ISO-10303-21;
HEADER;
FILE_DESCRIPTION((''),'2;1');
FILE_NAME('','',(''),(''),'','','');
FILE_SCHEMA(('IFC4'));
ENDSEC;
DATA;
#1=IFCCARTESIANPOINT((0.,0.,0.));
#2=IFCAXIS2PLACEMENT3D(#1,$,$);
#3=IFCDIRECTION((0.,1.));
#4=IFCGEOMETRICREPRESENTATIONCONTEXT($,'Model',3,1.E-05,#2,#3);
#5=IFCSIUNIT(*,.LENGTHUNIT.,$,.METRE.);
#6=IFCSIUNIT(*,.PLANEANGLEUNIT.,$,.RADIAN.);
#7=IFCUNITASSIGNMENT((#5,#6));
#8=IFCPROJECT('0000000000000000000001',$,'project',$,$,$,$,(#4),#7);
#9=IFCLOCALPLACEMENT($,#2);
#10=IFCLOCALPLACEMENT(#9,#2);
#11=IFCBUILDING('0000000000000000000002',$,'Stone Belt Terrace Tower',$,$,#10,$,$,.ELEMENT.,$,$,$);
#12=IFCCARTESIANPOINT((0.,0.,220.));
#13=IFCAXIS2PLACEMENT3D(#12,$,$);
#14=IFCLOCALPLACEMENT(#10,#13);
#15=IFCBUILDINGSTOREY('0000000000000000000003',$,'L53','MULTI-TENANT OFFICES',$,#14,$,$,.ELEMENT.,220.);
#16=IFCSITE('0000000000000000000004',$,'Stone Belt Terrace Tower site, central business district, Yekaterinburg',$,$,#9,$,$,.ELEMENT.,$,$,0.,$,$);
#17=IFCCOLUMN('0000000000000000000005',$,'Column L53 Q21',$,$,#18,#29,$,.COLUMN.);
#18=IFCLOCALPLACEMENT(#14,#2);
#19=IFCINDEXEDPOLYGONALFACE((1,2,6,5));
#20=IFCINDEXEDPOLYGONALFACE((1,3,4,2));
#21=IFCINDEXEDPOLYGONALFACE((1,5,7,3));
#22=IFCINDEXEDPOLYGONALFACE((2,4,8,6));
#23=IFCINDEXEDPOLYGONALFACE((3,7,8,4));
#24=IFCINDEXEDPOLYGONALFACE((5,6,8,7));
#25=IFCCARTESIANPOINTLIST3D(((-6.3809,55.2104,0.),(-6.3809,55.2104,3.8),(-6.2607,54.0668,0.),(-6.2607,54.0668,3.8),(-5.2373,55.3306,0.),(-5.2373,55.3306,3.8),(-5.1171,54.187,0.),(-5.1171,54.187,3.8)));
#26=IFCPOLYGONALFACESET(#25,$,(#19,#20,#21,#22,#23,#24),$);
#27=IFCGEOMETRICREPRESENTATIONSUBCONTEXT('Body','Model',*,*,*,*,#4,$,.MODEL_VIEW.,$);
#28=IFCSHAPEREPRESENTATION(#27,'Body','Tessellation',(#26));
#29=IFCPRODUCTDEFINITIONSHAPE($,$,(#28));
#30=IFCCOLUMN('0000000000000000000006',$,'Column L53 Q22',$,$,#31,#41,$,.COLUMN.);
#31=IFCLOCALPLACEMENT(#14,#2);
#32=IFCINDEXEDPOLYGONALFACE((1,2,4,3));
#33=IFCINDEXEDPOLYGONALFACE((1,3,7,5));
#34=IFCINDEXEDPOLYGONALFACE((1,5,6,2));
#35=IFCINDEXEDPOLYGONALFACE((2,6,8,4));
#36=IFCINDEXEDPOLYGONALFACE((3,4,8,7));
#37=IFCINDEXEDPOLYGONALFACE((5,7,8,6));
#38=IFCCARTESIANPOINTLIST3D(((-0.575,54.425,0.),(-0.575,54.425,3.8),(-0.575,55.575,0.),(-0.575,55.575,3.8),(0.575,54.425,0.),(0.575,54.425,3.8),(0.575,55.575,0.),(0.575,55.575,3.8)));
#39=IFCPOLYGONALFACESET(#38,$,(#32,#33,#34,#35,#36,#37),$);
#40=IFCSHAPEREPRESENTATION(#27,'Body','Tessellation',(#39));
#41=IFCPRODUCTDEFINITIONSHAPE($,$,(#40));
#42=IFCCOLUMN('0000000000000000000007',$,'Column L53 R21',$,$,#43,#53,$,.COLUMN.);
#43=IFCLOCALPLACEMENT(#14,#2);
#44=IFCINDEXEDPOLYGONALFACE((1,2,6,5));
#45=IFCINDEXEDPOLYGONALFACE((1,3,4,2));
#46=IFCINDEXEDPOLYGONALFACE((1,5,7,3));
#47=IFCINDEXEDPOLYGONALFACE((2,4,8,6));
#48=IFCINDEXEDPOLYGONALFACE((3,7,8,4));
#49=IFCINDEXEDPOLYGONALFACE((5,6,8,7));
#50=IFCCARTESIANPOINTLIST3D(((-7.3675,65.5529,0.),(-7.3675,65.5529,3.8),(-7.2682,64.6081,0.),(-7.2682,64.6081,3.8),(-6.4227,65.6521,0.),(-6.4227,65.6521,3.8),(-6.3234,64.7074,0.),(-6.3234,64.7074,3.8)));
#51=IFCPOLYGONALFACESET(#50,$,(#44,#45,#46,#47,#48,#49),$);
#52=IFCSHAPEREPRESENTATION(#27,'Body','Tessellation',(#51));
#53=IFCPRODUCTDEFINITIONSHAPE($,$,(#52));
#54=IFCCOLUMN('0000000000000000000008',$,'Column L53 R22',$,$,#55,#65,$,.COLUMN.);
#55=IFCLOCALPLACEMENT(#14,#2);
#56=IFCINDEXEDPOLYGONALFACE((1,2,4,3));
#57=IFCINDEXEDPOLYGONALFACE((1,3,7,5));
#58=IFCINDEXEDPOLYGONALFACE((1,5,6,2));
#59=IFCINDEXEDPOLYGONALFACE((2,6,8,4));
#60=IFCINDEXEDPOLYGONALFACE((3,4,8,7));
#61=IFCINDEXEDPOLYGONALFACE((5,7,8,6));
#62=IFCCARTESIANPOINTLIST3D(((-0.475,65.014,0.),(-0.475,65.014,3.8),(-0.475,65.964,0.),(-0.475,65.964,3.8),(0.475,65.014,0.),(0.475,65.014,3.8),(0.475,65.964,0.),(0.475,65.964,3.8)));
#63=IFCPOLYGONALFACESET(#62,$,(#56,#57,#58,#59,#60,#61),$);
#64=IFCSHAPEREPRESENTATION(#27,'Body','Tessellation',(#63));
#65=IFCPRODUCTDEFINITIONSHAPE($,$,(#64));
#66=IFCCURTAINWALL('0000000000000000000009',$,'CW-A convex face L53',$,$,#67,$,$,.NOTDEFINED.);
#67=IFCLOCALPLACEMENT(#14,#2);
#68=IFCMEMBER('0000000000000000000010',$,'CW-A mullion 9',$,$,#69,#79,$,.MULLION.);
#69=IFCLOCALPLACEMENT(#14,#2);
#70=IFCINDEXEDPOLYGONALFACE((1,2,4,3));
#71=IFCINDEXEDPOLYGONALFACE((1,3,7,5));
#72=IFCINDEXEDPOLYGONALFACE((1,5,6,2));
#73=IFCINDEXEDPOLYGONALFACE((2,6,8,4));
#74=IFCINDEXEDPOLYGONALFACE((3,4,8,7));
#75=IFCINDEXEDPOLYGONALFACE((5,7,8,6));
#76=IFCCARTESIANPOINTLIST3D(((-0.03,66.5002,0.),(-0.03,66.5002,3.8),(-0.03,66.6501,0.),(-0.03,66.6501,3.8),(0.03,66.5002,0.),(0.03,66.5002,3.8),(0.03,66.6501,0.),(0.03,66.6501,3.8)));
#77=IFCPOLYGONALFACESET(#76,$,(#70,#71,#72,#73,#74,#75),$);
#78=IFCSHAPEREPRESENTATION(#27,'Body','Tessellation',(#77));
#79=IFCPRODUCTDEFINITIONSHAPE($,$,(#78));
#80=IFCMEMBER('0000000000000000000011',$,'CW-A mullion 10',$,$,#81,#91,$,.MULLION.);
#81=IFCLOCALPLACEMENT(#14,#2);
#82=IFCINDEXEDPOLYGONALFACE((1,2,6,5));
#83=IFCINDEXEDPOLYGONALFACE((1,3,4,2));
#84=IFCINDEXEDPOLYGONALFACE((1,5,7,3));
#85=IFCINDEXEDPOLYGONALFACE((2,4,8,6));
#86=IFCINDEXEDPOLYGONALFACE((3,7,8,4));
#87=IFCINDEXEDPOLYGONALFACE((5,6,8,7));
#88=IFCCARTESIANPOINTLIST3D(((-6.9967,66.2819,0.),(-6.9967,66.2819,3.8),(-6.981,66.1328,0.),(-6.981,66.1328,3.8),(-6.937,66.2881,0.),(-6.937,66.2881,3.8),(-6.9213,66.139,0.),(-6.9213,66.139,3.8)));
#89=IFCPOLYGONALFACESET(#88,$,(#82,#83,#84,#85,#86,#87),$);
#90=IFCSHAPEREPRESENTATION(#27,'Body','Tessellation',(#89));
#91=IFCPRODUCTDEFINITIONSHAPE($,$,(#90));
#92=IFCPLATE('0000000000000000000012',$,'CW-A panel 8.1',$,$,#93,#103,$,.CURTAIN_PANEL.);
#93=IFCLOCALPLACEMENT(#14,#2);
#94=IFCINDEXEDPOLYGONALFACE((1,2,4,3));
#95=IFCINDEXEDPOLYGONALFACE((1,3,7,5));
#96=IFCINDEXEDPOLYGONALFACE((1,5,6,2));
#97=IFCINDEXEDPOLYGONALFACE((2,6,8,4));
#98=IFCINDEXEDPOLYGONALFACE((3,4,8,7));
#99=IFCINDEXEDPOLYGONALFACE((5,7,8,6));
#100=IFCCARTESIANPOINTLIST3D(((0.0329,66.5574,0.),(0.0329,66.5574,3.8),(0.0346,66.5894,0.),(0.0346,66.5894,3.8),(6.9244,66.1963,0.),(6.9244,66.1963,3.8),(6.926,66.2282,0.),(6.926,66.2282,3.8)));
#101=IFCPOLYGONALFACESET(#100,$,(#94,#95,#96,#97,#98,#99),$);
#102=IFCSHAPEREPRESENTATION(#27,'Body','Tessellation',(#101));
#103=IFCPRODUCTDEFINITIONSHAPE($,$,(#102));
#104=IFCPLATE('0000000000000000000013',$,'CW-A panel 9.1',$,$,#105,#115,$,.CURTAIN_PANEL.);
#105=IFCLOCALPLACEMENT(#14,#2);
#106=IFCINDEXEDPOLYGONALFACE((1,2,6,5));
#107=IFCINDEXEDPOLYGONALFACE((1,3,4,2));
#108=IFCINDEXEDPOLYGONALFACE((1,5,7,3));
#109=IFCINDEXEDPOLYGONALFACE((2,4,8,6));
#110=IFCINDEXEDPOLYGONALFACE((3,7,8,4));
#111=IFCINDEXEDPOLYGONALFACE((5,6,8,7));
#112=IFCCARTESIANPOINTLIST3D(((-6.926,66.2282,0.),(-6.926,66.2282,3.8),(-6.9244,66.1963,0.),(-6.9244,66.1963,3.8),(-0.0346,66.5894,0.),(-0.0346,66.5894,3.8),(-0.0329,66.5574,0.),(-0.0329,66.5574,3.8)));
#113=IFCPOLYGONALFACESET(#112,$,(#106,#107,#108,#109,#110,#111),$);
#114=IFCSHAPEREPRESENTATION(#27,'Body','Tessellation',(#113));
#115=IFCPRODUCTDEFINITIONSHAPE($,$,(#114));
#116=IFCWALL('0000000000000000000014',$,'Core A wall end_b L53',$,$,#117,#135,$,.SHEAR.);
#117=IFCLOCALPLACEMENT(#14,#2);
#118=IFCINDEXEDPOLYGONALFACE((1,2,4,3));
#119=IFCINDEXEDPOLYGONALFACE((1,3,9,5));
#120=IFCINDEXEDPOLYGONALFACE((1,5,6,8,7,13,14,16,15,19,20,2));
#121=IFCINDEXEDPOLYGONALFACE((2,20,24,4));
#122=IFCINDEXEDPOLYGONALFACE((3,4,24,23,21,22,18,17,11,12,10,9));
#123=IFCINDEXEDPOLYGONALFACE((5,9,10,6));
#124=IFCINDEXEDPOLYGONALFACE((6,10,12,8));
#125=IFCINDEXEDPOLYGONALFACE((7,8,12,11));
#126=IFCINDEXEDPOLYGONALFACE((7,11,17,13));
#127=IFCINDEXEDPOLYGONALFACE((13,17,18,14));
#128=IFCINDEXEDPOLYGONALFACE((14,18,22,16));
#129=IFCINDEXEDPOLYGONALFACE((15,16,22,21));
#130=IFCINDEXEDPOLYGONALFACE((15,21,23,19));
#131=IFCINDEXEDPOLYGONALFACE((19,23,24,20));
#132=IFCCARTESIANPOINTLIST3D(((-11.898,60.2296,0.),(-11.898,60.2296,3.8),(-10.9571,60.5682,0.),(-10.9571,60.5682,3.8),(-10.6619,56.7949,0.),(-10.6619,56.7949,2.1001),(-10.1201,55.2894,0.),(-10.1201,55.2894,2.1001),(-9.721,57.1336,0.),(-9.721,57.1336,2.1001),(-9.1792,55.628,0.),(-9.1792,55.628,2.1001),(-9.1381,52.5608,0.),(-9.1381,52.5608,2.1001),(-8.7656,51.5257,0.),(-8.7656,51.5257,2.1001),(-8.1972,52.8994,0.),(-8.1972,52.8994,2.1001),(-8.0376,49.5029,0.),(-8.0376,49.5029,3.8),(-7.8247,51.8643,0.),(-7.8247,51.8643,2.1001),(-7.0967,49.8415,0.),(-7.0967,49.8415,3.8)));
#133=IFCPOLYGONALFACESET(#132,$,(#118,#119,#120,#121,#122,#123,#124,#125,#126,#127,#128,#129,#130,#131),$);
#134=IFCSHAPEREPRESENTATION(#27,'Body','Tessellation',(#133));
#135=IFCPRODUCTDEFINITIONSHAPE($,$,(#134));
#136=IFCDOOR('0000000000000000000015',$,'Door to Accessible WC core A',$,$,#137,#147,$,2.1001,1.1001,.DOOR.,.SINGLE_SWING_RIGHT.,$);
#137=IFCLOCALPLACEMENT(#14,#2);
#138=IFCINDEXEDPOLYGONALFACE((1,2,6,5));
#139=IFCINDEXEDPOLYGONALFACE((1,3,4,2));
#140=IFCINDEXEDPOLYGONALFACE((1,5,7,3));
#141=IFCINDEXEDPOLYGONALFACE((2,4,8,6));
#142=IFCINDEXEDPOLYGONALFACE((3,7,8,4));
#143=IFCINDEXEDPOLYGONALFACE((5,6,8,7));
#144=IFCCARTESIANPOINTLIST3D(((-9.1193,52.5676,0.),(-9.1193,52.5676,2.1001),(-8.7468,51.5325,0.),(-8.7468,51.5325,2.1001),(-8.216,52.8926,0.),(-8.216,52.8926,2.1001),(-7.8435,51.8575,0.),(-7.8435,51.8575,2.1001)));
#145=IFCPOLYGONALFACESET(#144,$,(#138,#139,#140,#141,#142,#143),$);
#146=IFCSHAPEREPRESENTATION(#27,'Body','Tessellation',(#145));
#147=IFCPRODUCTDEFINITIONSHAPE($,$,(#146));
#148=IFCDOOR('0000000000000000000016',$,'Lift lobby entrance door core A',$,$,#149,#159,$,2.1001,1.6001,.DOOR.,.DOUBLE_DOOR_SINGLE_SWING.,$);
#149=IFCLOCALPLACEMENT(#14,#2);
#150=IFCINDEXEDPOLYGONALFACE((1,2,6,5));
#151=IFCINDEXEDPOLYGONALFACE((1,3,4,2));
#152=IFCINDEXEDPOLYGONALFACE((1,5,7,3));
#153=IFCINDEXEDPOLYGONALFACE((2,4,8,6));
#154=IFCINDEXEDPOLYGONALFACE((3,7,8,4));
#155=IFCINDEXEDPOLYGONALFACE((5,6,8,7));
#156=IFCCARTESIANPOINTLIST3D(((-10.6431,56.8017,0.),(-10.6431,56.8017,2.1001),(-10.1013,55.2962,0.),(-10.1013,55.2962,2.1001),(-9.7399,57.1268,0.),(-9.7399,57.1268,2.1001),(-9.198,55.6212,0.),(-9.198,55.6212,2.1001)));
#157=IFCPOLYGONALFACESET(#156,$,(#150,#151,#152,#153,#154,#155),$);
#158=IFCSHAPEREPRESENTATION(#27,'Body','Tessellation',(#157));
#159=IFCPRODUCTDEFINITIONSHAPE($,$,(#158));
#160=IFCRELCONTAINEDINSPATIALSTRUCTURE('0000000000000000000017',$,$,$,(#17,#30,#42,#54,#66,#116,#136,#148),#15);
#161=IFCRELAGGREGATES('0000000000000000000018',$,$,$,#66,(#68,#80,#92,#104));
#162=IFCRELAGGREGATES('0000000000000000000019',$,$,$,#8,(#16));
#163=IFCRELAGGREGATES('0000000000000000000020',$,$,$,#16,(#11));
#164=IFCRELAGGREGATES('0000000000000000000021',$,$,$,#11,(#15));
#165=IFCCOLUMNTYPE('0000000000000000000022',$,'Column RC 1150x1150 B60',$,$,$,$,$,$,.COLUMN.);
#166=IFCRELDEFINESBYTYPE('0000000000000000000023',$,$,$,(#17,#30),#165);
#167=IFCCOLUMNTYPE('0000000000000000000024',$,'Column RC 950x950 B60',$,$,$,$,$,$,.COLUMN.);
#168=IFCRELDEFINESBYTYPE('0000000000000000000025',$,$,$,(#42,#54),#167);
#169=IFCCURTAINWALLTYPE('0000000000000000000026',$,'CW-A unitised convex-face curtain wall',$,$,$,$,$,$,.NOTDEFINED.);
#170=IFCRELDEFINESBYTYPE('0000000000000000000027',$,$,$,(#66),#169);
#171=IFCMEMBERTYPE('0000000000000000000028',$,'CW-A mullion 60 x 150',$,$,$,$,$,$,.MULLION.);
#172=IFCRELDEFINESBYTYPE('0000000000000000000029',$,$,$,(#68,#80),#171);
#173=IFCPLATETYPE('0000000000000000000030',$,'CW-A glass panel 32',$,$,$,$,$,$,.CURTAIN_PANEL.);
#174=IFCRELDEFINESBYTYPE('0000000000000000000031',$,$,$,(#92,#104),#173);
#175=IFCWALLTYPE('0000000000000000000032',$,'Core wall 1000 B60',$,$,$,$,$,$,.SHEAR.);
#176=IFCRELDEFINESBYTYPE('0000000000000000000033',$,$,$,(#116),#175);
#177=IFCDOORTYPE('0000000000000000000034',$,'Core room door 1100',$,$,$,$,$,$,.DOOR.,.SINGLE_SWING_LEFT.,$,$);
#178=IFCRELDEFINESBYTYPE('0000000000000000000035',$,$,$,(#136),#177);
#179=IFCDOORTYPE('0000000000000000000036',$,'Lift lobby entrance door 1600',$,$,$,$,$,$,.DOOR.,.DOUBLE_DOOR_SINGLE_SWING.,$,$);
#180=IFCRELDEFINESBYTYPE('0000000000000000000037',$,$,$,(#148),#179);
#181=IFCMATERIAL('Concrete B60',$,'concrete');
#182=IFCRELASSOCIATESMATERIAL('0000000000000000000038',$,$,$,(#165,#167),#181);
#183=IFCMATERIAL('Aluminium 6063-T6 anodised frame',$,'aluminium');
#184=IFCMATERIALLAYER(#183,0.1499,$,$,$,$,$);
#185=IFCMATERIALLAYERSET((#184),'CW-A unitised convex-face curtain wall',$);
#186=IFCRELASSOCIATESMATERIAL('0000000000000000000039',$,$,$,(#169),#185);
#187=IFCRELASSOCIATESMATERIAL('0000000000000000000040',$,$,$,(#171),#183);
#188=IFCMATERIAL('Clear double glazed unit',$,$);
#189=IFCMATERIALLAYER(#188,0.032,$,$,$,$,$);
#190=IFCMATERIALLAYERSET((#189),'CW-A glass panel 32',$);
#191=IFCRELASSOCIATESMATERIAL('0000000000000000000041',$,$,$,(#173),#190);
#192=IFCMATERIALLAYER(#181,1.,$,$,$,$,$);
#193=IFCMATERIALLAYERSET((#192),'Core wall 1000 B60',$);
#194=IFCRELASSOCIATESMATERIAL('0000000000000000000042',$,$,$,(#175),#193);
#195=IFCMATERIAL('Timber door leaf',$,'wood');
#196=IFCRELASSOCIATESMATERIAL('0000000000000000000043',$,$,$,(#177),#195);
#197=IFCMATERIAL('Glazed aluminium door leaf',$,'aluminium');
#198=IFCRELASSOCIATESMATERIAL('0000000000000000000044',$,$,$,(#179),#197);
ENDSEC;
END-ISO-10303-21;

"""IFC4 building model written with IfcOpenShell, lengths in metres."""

from ifc_helpers import new_model, si_unit, direction, frame, frame_2d, origin, origin_2d, place, context, subcontext, project, spatial, rectangle, extrude, material, layer, layer_set, material_profile, profile_set, type_object, element, fill, aggregate, save


model = new_model("IFC4")

# Units and contexts
model_context = context("Model", 3, precision=1e-05, world=origin(), true_north=direction((0.0, 1.0)))
body_context = subcontext(model_context, "Body", "Model", "MODEL_VIEW")
ifc_project = project(units=[si_unit("LENGTHUNIT", "METRE"), si_unit("PLANEANGLEUNIT", "RADIAN")], contexts=[model_context])

# Site, building, storey
site_placement = place(None, origin())
site = spatial("IfcSite", under=ifc_project, at=site_placement, Name="Stone Belt Terrace Tower site, central business district, Yekaterinburg", CompositionType="ELEMENT", RefElevation=0.0)
building_placement = place(site_placement, origin())
building = spatial("IfcBuilding", under=site, at=building_placement, Name="Stone Belt Terrace Tower", CompositionType="ELEMENT")
storey_placement = place(building_placement, frame((0.0, 0.0, 220.0)))
storey = spatial("IfcBuildingStorey", under=building, at=storey_placement, Name="L53", Description="MULTI-TENANT OFFICES", CompositionType="ELEMENT", Elevation=220.0)

# Columns
ifc_material_1 = material(Name="Concrete B60", Category="concrete")
ifc_material_profile_1 = material_profile(ifc_material_1, rectangle(XDim=1.1499, YDim=1.1499, at=origin_2d()), Name="RC 1150x1150")
ifc_profile_set_1 = profile_set([ifc_material_profile_1], Name="Concrete B60")
column_type_1 = type_object("IfcColumnType", Name="Column RC 1150x1150 B60", PredefinedType="COLUMN", material=ifc_profile_set_1)
for number, where, z_axis, x_axis, name in (
    (1, (-5.749, 54.6987, 0.0), (0.0, 0.0, 1.0), (0.994522, 0.104528, 0.0), "Column L53 Q21"),
    (2, (0.0, 55.0, 0.0), (0.0, 0.0, 1.0), (1.0, 0.0, 0.0), "Column L53 Q22"),
):
    element("IfcColumn", number, at=place(storey_placement, frame(where, z_axis=z_axis, x_axis=x_axis)), inside=storey, type_object=column_type_1, Name=name, PredefinedType="COLUMN", context=body_context, shape_type="SweptSolid", body=[
        extrude(rectangle(XDim=1.1499, YDim=1.1499, at=origin_2d()), origin(), (0.0, 0.0, 1.0), 3.8),
    ])
ifc_material_profile_2 = material_profile(ifc_material_1, rectangle(XDim=0.95, YDim=0.95, at=origin_2d()), Name="RC 950x950")
ifc_profile_set_2 = profile_set([ifc_material_profile_2], Name="Concrete B60")
column_type_2 = type_object("IfcColumnType", Name="Column RC 950x950 B60", PredefinedType="COLUMN", material=ifc_profile_set_2)
for number, where, z_axis, x_axis, name in (
    (3, (-6.8455, 65.1301, 0.0), (0.0, 0.0, 1.0), (0.994522, 0.104528, 0.0), "Column L53 R21"),
    (4, (0.0, 65.489, 0.0), (0.0, 0.0, 1.0), (1.0, 0.0, 0.0), "Column L53 R22"),
):
    element("IfcColumn", number, at=place(storey_placement, frame(where, z_axis=z_axis, x_axis=x_axis)), inside=storey, type_object=column_type_2, Name=name, PredefinedType="COLUMN", context=body_context, shape_type="SweptSolid", body=[
        extrude(rectangle(XDim=0.95, YDim=0.95, at=origin_2d()), origin(), (0.0, 0.0, 1.0), 3.8),
    ])

# Curtain wall, members, plates
ifc_material_2 = material(Name="Aluminium 6063-T6 anodised frame", Category="aluminium")
ifc_layer_1 = layer(ifc_material_2, 0.1499)
ifc_layer_set_1 = layer_set([ifc_layer_1], Name="CW-A unitised convex-face curtain wall")
curtain_wall_type = type_object("IfcCurtainWallType", Name="CW-A unitised convex-face curtain wall", PredefinedType="NOTDEFINED", material=ifc_layer_set_1)
curtain_wall_placement = place(storey_placement, origin())
curtain_wall = element("IfcCurtainWall", 5, at=curtain_wall_placement, inside=storey, type_object=curtain_wall_type, Name="CW-A convex face L53", PredefinedType="NOTDEFINED")
ifc_material_profile_3 = material_profile(ifc_material_2, rectangle(XDim=0.1499, YDim=0.0601, at=origin_2d()), Name="Aluminium 6063-T6 60x150")
ifc_profile_set_3 = profile_set([ifc_material_profile_3], Name="Aluminium 6063-T6 anodised frame")
member_type = type_object("IfcMemberType", Name="CW-A mullion 60 x 150", PredefinedType="MULLION", material=ifc_profile_set_3)
member_1_placement = place(storey_placement, frame((0.0, 66.5752, 0.0), z_axis=(0.0, 0.0, 1.0), x_axis=(0.0, -1.0, 0.0)))
member_1 = element("IfcMember", 6, at=member_1_placement, type_object=member_type, Name="CW-A mullion 9", PredefinedType="MULLION", context=body_context, shape_type="SweptSolid", body=[
    extrude(rectangle(XDim=0.1499, YDim=0.0601, at=origin_2d()), origin(), (0.0, 0.0, 1.0), 3.8),
])
member_2_placement = place(storey_placement, frame((-6.959, 66.2104, 0.0), z_axis=(0.0, 0.0, 1.0), x_axis=(0.104528, -0.994522, 0.0)))
member_2 = element("IfcMember", 7, at=member_2_placement, type_object=member_type, Name="CW-A mullion 10", PredefinedType="MULLION", context=body_context, shape_type="SweptSolid", body=[
    extrude(rectangle(XDim=0.1499, YDim=0.0601, at=origin_2d()), origin(), (0.0, 0.0, 1.0), 3.8),
])
ifc_material_3 = material(Name="Clear double glazed unit")
ifc_layer_2 = layer(ifc_material_3, 0.032)
ifc_layer_set_2 = layer_set([ifc_layer_2], Name="CW-A glass panel 32")
plate_type = type_object("IfcPlateType", Name="CW-A glass panel 32", PredefinedType="CURTAIN_PANEL", material=ifc_layer_set_2)
plate_1_placement = place(storey_placement, frame((3.4795, 66.3928, 0.0), z_axis=(0.0, 0.0, 1.0), x_axis=(-0.99863, 0.052336, 0.0)))
plate_1 = element("IfcPlate", 8, at=plate_1_placement, type_object=plate_type, Name="CW-A panel 8.1", PredefinedType="CURTAIN_PANEL", context=body_context, shape_type="SweptSolid", body=[
    extrude(rectangle(XDim=6.9009, YDim=0.032, at=origin_2d()), origin(), (0.0, 0.0, 1.0), 3.8),
])
plate_2_placement = place(storey_placement, frame((-3.4795, 66.3928, 0.0), z_axis=(0.0, 0.0, 1.0), x_axis=(-0.99863, -0.052336, 0.0)))
plate_2 = element("IfcPlate", 9, at=plate_2_placement, type_object=plate_type, Name="CW-A panel 9.1", PredefinedType="CURTAIN_PANEL", context=body_context, shape_type="SweptSolid", body=[
    extrude(rectangle(XDim=6.9009, YDim=0.032, at=origin_2d()), origin(), (0.0, 0.0, 1.0), 3.8),
])
aggregate(curtain_wall, [member_1, member_2, plate_1, plate_2])

# Wall, openings, doors
ifc_layer_3 = layer(ifc_material_1, 1.0)
ifc_layer_set_3 = layer_set([ifc_layer_3], Name="Core wall 1000 B60")
wall_type_1 = type_object("IfcWallType", Name="Core wall 1000 B60", PredefinedType="SHEAR", material=ifc_layer_set_3)
wall_1_placement = place(storey_placement, frame((-7.5671, 49.6721, 0.0), z_axis=(0.0, 0.0, 1.0), x_axis=(-0.338625, 0.940921, 0.0)))
wall_1 = element("IfcWall", 10, at=wall_1_placement, inside=storey, type_object=wall_type_1, Name="Core A wall end_b L53", PredefinedType="SHEAR", context=body_context, shape_type="SweptSolid", body=[
    extrude(rectangle(XDim=11.4001, YDim=1.0, at=frame_2d((5.7002, 0.0))), origin(), (0.0, 0.0, 1.0), 3.8),
])
opening_1_placement = place(wall_1_placement, frame((6.1499, 0.0, 0.0)))
opening_1 = element("IfcOpeningElement", 11, at=opening_1_placement, cuts=wall_1, PredefinedType="OPENING", context=body_context, shape_type="SweptSolid", body=[
    extrude(rectangle(XDim=1.6001, YDim=2.1001, at=frame_2d((0.8, 1.05))), frame((0.0, 0.51, 0.0), z_axis=(0.0, -1.0, 0.0), x_axis=(1.0, 0.0, 0.0)), (0.0, 0.0, 1.0), 1.02),
])
opening_2_placement = place(wall_1_placement, frame((2.1499, 0.0, 0.0)))
opening_2 = element("IfcOpeningElement", 12, at=opening_2_placement, cuts=wall_1, PredefinedType="OPENING", context=body_context, shape_type="SweptSolid", body=[
    extrude(rectangle(XDim=1.1001, YDim=2.1001, at=frame_2d((0.55, 1.05))), frame((0.0, 0.51, 0.0), z_axis=(0.0, -1.0, 0.0), x_axis=(1.0, 0.0, 0.0)), (0.0, 0.0, 1.0), 1.02),
])
ifc_material_4 = material(Name="Timber door leaf", Category="wood")
door_type_1 = type_object("IfcDoorType", Name="Core room door 1100", OperationType="SINGLE_SWING_LEFT", PredefinedType="DOOR", material=ifc_material_4)
door_1_placement = place(opening_2_placement, origin())
door_1 = element("IfcDoor", 13, at=door_1_placement, inside=storey, type_object=door_type_1, Name="Door to Accessible WC core A", OperationType="SINGLE_SWING_RIGHT", OverallHeight=2.1001, OverallWidth=1.1001, PredefinedType="DOOR", context=body_context, shape_type="SweptSolid", body=[
    extrude(rectangle(XDim=1.1001, YDim=2.1001, at=frame_2d((0.55, 1.05))), frame((0.0, 0.48, 0.0), z_axis=(0.0, -1.0, 0.0), x_axis=(1.0, 0.0, 0.0)), (0.0, 0.0, 1.0), 0.96),
])
fill(opening_2, door_1)
ifc_material_5 = material(Name="Glazed aluminium door leaf", Category="aluminium")
door_type_2 = type_object("IfcDoorType", Name="Lift lobby entrance door 1600", OperationType="DOUBLE_DOOR_SINGLE_SWING", PredefinedType="DOOR", material=ifc_material_5)
door_2_placement = place(opening_1_placement, origin())
door_2 = element("IfcDoor", 14, at=door_2_placement, inside=storey, type_object=door_type_2, Name="Lift lobby entrance door core A", OperationType="DOUBLE_DOOR_SINGLE_SWING", OverallHeight=2.1001, OverallWidth=1.6001, PredefinedType="DOOR", context=body_context, shape_type="SweptSolid", body=[
    extrude(rectangle(XDim=1.6001, YDim=2.1001, at=frame_2d((0.8, 1.05))), frame((0.0, 0.48, 0.0), z_axis=(0.0, -1.0, 0.0), x_axis=(1.0, 0.0, 0.0)), (0.0, 0.0, 1.0), 0.96),
])
fill(opening_1, door_2)

save(model, "model.ifc")
